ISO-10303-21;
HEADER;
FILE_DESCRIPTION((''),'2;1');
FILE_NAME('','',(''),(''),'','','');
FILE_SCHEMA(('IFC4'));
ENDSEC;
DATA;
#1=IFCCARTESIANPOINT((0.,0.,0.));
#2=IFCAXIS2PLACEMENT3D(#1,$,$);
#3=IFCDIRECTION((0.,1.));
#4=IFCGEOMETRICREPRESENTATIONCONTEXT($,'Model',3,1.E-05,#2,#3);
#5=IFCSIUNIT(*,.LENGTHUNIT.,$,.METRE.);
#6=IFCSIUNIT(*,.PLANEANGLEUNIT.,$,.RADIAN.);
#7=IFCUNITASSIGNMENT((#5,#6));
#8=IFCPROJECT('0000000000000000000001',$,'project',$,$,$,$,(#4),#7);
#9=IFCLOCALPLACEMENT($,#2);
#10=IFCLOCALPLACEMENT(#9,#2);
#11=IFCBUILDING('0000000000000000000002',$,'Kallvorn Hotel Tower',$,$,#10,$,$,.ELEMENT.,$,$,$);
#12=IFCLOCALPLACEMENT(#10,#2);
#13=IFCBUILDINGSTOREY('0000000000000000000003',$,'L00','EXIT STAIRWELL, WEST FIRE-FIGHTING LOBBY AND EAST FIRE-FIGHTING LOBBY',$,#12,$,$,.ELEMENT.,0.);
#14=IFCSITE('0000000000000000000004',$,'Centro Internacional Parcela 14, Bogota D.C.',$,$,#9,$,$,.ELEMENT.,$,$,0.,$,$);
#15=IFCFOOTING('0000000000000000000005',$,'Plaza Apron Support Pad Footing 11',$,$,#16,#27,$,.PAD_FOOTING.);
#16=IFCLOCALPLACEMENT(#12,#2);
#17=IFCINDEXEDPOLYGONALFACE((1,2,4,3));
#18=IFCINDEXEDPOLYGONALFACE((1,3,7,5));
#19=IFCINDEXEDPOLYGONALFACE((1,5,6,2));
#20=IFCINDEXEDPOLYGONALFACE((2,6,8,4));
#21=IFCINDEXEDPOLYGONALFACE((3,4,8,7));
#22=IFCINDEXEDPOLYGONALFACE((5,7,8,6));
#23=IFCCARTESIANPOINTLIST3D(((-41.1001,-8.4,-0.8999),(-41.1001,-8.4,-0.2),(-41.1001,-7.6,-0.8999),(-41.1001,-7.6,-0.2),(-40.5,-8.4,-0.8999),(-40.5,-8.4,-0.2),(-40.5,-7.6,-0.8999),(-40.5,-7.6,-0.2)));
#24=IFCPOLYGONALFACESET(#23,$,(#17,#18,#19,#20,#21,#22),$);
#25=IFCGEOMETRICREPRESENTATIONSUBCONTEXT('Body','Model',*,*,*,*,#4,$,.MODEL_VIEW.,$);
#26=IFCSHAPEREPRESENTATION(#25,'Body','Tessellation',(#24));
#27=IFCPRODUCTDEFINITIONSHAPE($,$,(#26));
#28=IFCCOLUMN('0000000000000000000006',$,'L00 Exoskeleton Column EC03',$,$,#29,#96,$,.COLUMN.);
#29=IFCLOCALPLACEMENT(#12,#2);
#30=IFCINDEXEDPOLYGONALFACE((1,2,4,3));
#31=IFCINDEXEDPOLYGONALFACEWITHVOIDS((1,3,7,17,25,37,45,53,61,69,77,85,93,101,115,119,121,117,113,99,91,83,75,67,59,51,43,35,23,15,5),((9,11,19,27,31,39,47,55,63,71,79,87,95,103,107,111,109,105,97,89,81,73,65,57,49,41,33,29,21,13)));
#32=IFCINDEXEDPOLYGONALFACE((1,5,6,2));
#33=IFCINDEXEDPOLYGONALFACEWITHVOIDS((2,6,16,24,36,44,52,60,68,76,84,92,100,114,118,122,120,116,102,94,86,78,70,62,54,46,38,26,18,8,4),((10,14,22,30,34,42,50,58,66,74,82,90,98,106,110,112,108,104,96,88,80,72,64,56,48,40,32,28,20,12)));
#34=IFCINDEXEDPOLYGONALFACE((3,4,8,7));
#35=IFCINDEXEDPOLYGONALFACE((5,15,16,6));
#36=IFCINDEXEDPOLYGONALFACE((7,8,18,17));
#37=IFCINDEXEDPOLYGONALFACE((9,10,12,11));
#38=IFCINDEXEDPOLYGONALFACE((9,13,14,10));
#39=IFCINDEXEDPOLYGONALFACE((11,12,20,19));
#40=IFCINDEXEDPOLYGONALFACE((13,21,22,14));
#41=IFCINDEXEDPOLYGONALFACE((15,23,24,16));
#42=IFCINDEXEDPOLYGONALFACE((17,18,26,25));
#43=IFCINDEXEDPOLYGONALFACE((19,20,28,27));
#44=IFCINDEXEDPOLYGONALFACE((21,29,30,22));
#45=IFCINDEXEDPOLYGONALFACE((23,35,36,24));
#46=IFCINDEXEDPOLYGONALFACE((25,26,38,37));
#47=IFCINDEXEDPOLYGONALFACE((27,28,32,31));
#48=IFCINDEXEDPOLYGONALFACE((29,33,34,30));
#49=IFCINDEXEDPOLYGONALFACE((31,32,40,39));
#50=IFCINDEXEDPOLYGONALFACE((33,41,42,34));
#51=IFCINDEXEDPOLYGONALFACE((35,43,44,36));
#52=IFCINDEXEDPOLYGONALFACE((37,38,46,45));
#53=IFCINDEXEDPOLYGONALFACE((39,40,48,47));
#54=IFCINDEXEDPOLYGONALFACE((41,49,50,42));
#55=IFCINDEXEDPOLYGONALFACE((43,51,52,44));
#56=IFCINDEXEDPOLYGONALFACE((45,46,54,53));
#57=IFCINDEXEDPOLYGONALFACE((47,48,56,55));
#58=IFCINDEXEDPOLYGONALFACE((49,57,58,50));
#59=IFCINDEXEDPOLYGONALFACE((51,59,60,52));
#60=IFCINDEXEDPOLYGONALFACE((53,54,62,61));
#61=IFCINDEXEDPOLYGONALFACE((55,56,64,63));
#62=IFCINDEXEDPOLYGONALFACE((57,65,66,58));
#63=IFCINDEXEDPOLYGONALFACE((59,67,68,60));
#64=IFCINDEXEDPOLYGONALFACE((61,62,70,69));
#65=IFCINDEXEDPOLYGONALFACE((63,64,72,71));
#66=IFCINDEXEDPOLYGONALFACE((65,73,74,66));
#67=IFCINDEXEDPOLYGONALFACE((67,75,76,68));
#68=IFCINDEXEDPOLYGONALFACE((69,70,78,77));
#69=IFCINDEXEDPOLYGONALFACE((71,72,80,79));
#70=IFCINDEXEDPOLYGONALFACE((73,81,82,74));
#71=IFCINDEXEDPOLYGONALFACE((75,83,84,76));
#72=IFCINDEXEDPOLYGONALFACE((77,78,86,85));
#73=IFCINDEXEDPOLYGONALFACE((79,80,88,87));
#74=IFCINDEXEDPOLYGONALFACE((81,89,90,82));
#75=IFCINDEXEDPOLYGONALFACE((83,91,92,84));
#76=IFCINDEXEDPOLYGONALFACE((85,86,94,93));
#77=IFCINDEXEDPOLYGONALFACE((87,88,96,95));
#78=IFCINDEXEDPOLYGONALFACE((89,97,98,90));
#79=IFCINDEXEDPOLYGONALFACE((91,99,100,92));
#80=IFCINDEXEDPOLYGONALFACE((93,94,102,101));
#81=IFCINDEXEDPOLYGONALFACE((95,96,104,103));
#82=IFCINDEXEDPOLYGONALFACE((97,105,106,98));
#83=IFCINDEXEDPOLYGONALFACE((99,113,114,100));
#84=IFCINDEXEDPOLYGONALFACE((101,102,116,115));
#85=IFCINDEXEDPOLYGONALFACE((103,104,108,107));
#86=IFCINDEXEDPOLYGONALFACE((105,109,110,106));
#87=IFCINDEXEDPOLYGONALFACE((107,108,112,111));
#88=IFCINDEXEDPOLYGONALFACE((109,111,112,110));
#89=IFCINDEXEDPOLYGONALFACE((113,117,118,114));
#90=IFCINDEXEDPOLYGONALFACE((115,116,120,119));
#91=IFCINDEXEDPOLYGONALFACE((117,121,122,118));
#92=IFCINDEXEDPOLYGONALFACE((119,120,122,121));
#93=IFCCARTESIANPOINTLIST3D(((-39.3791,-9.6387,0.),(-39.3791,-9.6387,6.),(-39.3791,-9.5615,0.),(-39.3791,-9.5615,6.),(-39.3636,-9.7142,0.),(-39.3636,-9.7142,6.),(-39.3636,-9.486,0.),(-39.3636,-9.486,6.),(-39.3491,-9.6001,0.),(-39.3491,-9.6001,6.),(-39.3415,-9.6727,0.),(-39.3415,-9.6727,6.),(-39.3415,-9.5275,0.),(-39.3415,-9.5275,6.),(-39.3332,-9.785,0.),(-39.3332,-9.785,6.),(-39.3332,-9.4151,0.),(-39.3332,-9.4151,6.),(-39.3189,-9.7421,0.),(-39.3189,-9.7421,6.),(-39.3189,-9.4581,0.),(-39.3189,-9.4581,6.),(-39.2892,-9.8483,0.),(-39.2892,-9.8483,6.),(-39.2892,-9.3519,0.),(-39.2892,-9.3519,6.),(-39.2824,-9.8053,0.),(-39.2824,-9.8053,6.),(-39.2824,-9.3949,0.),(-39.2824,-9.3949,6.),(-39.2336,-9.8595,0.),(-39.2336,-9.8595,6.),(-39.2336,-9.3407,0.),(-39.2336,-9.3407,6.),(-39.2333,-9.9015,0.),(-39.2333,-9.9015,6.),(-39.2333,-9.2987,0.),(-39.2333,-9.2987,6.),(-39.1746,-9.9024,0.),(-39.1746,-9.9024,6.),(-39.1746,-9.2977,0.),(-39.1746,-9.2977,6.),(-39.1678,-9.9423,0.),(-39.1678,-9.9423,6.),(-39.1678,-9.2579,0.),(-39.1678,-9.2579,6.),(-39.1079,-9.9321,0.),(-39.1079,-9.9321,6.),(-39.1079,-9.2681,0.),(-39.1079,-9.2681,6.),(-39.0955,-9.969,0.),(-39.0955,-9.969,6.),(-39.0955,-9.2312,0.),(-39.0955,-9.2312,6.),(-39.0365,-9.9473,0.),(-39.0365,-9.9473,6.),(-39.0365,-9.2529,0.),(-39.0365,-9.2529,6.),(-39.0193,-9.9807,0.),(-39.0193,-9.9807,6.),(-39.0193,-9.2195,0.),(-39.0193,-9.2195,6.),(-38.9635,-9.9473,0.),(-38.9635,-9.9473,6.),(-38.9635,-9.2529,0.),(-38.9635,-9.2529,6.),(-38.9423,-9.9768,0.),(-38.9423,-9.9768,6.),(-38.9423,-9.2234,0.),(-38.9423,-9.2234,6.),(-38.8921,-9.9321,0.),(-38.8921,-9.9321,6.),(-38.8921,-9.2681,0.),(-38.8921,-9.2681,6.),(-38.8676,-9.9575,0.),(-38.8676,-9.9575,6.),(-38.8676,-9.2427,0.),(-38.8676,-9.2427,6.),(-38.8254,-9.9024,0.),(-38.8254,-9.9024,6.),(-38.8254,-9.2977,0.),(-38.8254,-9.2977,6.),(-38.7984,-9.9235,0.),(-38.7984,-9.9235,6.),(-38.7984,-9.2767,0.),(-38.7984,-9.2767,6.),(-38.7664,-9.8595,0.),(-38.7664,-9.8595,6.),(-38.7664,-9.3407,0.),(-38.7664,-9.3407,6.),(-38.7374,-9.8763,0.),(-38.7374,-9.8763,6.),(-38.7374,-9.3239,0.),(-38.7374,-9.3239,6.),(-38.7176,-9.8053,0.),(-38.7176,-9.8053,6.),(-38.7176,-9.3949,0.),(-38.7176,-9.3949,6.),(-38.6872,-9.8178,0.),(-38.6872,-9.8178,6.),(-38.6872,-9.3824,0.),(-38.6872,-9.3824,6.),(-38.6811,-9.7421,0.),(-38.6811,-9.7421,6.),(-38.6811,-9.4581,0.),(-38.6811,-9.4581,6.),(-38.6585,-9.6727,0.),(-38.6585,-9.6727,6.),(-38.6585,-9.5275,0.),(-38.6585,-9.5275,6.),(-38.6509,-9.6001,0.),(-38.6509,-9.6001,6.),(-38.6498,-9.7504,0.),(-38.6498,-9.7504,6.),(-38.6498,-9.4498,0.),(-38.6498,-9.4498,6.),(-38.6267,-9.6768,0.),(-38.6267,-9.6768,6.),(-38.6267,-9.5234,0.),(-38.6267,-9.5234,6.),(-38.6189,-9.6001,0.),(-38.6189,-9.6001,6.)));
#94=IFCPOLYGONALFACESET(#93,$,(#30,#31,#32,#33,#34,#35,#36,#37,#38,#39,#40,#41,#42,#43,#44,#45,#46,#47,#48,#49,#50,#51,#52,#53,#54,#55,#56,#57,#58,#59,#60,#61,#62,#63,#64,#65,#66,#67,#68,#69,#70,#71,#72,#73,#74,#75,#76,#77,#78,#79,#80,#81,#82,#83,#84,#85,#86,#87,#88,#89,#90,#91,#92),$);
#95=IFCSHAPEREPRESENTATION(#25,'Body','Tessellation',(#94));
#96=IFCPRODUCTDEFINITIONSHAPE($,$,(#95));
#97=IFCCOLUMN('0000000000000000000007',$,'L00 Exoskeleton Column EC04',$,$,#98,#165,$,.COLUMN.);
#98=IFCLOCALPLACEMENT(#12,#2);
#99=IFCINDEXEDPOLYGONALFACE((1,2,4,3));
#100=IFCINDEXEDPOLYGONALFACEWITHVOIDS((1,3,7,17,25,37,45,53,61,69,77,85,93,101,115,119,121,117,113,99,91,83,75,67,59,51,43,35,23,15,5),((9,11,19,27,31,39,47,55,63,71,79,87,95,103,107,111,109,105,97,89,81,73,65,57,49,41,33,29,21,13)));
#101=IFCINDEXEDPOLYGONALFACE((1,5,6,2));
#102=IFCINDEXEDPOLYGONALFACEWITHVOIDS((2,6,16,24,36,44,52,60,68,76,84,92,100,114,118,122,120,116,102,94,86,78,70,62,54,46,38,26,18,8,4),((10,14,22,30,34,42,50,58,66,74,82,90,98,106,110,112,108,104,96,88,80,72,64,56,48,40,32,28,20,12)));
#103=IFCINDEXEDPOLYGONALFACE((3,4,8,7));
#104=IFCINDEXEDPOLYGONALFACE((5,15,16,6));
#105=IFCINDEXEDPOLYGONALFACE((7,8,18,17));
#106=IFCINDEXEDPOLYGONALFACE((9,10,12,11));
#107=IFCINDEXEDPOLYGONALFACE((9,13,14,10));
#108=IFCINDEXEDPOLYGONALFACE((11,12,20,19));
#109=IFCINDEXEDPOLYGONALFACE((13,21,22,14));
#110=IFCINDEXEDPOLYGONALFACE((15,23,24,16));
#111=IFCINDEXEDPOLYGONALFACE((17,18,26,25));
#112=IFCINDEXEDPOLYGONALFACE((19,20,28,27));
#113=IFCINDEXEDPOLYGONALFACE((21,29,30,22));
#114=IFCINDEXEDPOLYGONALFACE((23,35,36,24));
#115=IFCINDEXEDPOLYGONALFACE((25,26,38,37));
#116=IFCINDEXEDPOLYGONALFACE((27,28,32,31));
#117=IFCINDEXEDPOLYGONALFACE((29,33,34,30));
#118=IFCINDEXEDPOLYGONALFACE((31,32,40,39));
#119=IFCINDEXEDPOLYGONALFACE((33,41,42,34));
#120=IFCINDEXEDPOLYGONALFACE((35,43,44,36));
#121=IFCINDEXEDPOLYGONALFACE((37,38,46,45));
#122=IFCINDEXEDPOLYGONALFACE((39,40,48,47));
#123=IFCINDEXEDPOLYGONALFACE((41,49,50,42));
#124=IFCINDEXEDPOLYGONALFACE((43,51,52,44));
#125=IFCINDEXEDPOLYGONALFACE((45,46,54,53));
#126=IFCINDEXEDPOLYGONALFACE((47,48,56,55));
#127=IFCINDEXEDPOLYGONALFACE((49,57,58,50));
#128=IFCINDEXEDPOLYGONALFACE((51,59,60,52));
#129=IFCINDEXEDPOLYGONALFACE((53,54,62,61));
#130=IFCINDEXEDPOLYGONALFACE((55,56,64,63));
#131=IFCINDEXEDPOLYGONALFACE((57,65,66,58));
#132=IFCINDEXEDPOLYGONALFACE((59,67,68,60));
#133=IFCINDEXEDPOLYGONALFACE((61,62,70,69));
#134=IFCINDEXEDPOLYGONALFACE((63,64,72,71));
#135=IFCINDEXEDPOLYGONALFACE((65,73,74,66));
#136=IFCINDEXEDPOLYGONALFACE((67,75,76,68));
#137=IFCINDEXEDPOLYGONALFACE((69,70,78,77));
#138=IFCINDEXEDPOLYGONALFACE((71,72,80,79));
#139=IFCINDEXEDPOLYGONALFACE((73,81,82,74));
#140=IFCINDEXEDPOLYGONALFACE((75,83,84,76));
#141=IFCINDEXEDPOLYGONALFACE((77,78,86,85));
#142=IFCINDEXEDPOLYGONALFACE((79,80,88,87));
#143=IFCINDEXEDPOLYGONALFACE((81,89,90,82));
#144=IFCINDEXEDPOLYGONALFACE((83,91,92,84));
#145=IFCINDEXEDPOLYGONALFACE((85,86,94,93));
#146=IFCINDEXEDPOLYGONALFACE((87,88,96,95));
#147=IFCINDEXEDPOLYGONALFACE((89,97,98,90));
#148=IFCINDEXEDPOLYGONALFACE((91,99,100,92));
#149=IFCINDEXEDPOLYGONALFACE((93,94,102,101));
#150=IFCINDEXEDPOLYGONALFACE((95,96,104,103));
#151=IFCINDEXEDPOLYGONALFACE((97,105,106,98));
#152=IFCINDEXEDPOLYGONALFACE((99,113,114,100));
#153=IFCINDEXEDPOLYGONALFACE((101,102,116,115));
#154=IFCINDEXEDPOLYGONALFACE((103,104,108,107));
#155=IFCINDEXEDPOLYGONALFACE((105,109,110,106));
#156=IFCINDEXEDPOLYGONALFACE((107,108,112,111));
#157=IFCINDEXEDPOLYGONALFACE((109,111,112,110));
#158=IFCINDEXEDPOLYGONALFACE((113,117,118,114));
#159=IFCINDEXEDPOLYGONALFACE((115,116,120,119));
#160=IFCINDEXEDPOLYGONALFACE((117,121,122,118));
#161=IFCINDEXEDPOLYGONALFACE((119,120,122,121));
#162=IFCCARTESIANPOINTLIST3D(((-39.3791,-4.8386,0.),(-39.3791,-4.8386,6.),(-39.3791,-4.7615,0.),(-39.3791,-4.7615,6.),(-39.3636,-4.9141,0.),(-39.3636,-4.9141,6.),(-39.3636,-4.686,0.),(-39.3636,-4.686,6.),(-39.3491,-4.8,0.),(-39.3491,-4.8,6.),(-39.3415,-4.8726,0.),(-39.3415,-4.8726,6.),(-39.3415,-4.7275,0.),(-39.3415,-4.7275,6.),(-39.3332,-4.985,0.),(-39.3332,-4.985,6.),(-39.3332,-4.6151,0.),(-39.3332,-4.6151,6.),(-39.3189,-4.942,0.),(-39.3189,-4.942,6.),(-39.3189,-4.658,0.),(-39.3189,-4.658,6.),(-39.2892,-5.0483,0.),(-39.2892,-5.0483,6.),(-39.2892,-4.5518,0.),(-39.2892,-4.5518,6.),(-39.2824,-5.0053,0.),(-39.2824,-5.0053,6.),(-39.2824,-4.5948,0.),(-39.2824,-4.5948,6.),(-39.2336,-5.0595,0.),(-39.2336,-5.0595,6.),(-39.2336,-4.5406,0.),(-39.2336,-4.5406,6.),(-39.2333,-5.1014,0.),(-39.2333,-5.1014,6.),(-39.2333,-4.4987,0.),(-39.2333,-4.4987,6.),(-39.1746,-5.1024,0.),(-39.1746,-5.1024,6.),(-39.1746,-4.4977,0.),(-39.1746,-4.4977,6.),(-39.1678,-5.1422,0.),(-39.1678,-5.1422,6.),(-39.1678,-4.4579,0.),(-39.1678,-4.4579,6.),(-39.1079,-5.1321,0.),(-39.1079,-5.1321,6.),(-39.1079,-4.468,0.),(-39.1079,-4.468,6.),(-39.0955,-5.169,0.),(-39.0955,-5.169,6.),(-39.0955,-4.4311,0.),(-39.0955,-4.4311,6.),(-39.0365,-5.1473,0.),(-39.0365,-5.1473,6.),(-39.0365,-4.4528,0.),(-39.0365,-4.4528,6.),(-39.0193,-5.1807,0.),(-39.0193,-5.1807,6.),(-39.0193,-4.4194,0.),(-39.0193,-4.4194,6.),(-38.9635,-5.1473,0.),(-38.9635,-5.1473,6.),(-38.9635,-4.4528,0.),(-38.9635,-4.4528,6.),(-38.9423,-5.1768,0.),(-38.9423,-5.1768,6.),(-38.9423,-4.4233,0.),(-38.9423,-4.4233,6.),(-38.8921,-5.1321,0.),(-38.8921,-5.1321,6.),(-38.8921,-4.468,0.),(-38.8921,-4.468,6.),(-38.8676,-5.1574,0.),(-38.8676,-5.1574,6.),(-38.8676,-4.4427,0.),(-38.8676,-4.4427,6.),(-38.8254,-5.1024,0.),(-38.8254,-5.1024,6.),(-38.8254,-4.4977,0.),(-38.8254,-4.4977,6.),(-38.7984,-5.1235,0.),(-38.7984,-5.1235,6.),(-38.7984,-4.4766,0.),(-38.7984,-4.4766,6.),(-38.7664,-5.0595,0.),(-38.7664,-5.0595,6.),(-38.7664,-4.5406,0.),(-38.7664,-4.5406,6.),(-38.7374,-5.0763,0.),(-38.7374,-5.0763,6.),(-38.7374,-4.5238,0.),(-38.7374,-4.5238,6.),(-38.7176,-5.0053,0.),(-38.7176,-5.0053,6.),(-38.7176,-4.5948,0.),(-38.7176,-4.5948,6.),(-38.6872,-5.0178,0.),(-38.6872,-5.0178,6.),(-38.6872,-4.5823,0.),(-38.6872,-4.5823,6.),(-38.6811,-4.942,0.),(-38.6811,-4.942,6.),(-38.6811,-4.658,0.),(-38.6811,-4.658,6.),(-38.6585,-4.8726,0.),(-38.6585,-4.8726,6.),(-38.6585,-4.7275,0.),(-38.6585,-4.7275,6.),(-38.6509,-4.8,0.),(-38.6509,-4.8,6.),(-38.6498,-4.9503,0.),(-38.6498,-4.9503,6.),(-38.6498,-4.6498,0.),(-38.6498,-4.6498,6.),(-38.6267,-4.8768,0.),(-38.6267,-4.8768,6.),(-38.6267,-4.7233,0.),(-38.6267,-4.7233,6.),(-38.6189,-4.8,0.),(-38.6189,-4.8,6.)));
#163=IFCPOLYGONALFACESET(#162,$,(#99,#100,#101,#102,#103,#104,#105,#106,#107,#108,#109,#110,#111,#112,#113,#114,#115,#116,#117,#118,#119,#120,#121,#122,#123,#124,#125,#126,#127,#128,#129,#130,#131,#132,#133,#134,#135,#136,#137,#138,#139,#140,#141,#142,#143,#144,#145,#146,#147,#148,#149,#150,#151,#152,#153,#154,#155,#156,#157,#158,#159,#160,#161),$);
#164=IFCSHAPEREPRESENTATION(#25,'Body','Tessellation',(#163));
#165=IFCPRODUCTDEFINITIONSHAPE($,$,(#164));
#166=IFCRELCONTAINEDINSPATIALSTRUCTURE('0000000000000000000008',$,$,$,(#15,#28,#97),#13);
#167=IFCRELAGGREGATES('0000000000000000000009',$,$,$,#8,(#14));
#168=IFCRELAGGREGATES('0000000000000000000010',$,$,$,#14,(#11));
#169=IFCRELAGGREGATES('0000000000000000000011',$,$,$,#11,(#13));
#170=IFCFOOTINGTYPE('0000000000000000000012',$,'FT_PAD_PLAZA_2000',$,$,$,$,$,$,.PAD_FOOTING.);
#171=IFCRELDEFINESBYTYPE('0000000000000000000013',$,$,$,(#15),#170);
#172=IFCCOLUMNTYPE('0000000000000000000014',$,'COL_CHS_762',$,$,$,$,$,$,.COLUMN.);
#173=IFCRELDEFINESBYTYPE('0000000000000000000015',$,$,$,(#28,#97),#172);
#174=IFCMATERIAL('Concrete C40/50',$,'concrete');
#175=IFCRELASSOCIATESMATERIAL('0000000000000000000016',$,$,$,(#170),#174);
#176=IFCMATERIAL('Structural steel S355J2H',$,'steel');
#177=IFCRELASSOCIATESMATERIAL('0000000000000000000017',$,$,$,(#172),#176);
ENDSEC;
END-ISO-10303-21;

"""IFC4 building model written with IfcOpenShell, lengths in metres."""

from ifc_helpers import new_model, si_unit, direction, frame, origin, origin_2d, place, context, subcontext, project, spatial, rectangle, hollow_circle, extrude, material, material_profile, profile_set, type_object, element, save


model = new_model("IFC4")

# Units and contexts
model_context = context("Model", 3, precision=1e-05, world=origin(), true_north=direction((0.0, 1.0)))
body_context = subcontext(model_context, "Body", "Model", "MODEL_VIEW")
ifc_project = project(units=[si_unit("LENGTHUNIT", "METRE"), si_unit("PLANEANGLEUNIT", "RADIAN")], contexts=[model_context])

# Site, building, storey
site_placement = place(None, origin())
site = spatial("IfcSite", under=ifc_project, at=site_placement, Name="Centro Internacional Parcela 14, Bogota D.C.", CompositionType="ELEMENT", RefElevation=0.0)
building_placement = place(site_placement, origin())
building = spatial("IfcBuilding", under=site, at=building_placement, Name="Kallvorn Hotel Tower", CompositionType="ELEMENT")
storey_placement = place(building_placement, origin())
storey = spatial("IfcBuildingStorey", under=building, at=storey_placement, Name="L00", Description="EXIT STAIRWELL, WEST FIRE-FIGHTING LOBBY AND EAST FIRE-FIGHTING LOBBY", CompositionType="ELEMENT", Elevation=0.0)

# Footing
ifc_material_1 = material(Name="Concrete C40/50", Category="concrete")
footing_type = type_object("IfcFootingType", Name="FT_PAD_PLAZA_2000", PredefinedType="PAD_FOOTING", material=ifc_material_1)
footing_placement = place(storey_placement, frame((-40.8, -8.0, -0.8999), z_axis=(0.0, 0.0, 1.0), x_axis=(1.0, 0.0, 0.0)))
element("IfcFooting", 1, at=footing_placement, inside=storey, type_object=footing_type, Name="Plaza Apron Support Pad Footing 11", PredefinedType="PAD_FOOTING", context=body_context, shape_type="SweptSolid", body=[
    extrude(rectangle(XDim=0.6001, YDim=0.8, at=origin_2d()), origin(), (0.0, 0.0, 1.0), 0.7),
])

# Columns
ifc_material_2 = material(Name="Structural steel S355J2H", Category="steel")
ifc_material_profile_1 = material_profile(ifc_material_2, hollow_circle(Radius=0.3811, WallThickness=0.032, at=origin_2d()), Name="CHS 762x32")
ifc_profile_set_1 = profile_set([ifc_material_profile_1], Name="Structural steel S355J2H")
column_type = type_object("IfcColumnType", Name="COL_CHS_762", PredefinedType="COLUMN", material=ifc_profile_set_1)
for number, where, z_axis, x_axis, name in (
    (2, (-39.0, -9.6001, 0.0), (0.0, 0.0, 1.0), (1.0, 0.0, 0.0), "L00 Exoskeleton Column EC03"),
    (3, (-39.0, -4.8, 0.0), (0.0, 0.0, 1.0), (1.0, 0.0, 0.0), "L00 Exoskeleton Column EC04"),
):
    element("IfcColumn", number, at=place(storey_placement, frame(where, z_axis=z_axis, x_axis=x_axis)), inside=storey, type_object=column_type, Name=name, PredefinedType="COLUMN", context=body_context, shape_type="SweptSolid", body=[
        extrude(hollow_circle(Radius=0.3811, WallThickness=0.032, at=origin_2d()), origin(), (0.0, 0.0, 1.0), 6.0),
    ])

save(model, "model.ifc")
